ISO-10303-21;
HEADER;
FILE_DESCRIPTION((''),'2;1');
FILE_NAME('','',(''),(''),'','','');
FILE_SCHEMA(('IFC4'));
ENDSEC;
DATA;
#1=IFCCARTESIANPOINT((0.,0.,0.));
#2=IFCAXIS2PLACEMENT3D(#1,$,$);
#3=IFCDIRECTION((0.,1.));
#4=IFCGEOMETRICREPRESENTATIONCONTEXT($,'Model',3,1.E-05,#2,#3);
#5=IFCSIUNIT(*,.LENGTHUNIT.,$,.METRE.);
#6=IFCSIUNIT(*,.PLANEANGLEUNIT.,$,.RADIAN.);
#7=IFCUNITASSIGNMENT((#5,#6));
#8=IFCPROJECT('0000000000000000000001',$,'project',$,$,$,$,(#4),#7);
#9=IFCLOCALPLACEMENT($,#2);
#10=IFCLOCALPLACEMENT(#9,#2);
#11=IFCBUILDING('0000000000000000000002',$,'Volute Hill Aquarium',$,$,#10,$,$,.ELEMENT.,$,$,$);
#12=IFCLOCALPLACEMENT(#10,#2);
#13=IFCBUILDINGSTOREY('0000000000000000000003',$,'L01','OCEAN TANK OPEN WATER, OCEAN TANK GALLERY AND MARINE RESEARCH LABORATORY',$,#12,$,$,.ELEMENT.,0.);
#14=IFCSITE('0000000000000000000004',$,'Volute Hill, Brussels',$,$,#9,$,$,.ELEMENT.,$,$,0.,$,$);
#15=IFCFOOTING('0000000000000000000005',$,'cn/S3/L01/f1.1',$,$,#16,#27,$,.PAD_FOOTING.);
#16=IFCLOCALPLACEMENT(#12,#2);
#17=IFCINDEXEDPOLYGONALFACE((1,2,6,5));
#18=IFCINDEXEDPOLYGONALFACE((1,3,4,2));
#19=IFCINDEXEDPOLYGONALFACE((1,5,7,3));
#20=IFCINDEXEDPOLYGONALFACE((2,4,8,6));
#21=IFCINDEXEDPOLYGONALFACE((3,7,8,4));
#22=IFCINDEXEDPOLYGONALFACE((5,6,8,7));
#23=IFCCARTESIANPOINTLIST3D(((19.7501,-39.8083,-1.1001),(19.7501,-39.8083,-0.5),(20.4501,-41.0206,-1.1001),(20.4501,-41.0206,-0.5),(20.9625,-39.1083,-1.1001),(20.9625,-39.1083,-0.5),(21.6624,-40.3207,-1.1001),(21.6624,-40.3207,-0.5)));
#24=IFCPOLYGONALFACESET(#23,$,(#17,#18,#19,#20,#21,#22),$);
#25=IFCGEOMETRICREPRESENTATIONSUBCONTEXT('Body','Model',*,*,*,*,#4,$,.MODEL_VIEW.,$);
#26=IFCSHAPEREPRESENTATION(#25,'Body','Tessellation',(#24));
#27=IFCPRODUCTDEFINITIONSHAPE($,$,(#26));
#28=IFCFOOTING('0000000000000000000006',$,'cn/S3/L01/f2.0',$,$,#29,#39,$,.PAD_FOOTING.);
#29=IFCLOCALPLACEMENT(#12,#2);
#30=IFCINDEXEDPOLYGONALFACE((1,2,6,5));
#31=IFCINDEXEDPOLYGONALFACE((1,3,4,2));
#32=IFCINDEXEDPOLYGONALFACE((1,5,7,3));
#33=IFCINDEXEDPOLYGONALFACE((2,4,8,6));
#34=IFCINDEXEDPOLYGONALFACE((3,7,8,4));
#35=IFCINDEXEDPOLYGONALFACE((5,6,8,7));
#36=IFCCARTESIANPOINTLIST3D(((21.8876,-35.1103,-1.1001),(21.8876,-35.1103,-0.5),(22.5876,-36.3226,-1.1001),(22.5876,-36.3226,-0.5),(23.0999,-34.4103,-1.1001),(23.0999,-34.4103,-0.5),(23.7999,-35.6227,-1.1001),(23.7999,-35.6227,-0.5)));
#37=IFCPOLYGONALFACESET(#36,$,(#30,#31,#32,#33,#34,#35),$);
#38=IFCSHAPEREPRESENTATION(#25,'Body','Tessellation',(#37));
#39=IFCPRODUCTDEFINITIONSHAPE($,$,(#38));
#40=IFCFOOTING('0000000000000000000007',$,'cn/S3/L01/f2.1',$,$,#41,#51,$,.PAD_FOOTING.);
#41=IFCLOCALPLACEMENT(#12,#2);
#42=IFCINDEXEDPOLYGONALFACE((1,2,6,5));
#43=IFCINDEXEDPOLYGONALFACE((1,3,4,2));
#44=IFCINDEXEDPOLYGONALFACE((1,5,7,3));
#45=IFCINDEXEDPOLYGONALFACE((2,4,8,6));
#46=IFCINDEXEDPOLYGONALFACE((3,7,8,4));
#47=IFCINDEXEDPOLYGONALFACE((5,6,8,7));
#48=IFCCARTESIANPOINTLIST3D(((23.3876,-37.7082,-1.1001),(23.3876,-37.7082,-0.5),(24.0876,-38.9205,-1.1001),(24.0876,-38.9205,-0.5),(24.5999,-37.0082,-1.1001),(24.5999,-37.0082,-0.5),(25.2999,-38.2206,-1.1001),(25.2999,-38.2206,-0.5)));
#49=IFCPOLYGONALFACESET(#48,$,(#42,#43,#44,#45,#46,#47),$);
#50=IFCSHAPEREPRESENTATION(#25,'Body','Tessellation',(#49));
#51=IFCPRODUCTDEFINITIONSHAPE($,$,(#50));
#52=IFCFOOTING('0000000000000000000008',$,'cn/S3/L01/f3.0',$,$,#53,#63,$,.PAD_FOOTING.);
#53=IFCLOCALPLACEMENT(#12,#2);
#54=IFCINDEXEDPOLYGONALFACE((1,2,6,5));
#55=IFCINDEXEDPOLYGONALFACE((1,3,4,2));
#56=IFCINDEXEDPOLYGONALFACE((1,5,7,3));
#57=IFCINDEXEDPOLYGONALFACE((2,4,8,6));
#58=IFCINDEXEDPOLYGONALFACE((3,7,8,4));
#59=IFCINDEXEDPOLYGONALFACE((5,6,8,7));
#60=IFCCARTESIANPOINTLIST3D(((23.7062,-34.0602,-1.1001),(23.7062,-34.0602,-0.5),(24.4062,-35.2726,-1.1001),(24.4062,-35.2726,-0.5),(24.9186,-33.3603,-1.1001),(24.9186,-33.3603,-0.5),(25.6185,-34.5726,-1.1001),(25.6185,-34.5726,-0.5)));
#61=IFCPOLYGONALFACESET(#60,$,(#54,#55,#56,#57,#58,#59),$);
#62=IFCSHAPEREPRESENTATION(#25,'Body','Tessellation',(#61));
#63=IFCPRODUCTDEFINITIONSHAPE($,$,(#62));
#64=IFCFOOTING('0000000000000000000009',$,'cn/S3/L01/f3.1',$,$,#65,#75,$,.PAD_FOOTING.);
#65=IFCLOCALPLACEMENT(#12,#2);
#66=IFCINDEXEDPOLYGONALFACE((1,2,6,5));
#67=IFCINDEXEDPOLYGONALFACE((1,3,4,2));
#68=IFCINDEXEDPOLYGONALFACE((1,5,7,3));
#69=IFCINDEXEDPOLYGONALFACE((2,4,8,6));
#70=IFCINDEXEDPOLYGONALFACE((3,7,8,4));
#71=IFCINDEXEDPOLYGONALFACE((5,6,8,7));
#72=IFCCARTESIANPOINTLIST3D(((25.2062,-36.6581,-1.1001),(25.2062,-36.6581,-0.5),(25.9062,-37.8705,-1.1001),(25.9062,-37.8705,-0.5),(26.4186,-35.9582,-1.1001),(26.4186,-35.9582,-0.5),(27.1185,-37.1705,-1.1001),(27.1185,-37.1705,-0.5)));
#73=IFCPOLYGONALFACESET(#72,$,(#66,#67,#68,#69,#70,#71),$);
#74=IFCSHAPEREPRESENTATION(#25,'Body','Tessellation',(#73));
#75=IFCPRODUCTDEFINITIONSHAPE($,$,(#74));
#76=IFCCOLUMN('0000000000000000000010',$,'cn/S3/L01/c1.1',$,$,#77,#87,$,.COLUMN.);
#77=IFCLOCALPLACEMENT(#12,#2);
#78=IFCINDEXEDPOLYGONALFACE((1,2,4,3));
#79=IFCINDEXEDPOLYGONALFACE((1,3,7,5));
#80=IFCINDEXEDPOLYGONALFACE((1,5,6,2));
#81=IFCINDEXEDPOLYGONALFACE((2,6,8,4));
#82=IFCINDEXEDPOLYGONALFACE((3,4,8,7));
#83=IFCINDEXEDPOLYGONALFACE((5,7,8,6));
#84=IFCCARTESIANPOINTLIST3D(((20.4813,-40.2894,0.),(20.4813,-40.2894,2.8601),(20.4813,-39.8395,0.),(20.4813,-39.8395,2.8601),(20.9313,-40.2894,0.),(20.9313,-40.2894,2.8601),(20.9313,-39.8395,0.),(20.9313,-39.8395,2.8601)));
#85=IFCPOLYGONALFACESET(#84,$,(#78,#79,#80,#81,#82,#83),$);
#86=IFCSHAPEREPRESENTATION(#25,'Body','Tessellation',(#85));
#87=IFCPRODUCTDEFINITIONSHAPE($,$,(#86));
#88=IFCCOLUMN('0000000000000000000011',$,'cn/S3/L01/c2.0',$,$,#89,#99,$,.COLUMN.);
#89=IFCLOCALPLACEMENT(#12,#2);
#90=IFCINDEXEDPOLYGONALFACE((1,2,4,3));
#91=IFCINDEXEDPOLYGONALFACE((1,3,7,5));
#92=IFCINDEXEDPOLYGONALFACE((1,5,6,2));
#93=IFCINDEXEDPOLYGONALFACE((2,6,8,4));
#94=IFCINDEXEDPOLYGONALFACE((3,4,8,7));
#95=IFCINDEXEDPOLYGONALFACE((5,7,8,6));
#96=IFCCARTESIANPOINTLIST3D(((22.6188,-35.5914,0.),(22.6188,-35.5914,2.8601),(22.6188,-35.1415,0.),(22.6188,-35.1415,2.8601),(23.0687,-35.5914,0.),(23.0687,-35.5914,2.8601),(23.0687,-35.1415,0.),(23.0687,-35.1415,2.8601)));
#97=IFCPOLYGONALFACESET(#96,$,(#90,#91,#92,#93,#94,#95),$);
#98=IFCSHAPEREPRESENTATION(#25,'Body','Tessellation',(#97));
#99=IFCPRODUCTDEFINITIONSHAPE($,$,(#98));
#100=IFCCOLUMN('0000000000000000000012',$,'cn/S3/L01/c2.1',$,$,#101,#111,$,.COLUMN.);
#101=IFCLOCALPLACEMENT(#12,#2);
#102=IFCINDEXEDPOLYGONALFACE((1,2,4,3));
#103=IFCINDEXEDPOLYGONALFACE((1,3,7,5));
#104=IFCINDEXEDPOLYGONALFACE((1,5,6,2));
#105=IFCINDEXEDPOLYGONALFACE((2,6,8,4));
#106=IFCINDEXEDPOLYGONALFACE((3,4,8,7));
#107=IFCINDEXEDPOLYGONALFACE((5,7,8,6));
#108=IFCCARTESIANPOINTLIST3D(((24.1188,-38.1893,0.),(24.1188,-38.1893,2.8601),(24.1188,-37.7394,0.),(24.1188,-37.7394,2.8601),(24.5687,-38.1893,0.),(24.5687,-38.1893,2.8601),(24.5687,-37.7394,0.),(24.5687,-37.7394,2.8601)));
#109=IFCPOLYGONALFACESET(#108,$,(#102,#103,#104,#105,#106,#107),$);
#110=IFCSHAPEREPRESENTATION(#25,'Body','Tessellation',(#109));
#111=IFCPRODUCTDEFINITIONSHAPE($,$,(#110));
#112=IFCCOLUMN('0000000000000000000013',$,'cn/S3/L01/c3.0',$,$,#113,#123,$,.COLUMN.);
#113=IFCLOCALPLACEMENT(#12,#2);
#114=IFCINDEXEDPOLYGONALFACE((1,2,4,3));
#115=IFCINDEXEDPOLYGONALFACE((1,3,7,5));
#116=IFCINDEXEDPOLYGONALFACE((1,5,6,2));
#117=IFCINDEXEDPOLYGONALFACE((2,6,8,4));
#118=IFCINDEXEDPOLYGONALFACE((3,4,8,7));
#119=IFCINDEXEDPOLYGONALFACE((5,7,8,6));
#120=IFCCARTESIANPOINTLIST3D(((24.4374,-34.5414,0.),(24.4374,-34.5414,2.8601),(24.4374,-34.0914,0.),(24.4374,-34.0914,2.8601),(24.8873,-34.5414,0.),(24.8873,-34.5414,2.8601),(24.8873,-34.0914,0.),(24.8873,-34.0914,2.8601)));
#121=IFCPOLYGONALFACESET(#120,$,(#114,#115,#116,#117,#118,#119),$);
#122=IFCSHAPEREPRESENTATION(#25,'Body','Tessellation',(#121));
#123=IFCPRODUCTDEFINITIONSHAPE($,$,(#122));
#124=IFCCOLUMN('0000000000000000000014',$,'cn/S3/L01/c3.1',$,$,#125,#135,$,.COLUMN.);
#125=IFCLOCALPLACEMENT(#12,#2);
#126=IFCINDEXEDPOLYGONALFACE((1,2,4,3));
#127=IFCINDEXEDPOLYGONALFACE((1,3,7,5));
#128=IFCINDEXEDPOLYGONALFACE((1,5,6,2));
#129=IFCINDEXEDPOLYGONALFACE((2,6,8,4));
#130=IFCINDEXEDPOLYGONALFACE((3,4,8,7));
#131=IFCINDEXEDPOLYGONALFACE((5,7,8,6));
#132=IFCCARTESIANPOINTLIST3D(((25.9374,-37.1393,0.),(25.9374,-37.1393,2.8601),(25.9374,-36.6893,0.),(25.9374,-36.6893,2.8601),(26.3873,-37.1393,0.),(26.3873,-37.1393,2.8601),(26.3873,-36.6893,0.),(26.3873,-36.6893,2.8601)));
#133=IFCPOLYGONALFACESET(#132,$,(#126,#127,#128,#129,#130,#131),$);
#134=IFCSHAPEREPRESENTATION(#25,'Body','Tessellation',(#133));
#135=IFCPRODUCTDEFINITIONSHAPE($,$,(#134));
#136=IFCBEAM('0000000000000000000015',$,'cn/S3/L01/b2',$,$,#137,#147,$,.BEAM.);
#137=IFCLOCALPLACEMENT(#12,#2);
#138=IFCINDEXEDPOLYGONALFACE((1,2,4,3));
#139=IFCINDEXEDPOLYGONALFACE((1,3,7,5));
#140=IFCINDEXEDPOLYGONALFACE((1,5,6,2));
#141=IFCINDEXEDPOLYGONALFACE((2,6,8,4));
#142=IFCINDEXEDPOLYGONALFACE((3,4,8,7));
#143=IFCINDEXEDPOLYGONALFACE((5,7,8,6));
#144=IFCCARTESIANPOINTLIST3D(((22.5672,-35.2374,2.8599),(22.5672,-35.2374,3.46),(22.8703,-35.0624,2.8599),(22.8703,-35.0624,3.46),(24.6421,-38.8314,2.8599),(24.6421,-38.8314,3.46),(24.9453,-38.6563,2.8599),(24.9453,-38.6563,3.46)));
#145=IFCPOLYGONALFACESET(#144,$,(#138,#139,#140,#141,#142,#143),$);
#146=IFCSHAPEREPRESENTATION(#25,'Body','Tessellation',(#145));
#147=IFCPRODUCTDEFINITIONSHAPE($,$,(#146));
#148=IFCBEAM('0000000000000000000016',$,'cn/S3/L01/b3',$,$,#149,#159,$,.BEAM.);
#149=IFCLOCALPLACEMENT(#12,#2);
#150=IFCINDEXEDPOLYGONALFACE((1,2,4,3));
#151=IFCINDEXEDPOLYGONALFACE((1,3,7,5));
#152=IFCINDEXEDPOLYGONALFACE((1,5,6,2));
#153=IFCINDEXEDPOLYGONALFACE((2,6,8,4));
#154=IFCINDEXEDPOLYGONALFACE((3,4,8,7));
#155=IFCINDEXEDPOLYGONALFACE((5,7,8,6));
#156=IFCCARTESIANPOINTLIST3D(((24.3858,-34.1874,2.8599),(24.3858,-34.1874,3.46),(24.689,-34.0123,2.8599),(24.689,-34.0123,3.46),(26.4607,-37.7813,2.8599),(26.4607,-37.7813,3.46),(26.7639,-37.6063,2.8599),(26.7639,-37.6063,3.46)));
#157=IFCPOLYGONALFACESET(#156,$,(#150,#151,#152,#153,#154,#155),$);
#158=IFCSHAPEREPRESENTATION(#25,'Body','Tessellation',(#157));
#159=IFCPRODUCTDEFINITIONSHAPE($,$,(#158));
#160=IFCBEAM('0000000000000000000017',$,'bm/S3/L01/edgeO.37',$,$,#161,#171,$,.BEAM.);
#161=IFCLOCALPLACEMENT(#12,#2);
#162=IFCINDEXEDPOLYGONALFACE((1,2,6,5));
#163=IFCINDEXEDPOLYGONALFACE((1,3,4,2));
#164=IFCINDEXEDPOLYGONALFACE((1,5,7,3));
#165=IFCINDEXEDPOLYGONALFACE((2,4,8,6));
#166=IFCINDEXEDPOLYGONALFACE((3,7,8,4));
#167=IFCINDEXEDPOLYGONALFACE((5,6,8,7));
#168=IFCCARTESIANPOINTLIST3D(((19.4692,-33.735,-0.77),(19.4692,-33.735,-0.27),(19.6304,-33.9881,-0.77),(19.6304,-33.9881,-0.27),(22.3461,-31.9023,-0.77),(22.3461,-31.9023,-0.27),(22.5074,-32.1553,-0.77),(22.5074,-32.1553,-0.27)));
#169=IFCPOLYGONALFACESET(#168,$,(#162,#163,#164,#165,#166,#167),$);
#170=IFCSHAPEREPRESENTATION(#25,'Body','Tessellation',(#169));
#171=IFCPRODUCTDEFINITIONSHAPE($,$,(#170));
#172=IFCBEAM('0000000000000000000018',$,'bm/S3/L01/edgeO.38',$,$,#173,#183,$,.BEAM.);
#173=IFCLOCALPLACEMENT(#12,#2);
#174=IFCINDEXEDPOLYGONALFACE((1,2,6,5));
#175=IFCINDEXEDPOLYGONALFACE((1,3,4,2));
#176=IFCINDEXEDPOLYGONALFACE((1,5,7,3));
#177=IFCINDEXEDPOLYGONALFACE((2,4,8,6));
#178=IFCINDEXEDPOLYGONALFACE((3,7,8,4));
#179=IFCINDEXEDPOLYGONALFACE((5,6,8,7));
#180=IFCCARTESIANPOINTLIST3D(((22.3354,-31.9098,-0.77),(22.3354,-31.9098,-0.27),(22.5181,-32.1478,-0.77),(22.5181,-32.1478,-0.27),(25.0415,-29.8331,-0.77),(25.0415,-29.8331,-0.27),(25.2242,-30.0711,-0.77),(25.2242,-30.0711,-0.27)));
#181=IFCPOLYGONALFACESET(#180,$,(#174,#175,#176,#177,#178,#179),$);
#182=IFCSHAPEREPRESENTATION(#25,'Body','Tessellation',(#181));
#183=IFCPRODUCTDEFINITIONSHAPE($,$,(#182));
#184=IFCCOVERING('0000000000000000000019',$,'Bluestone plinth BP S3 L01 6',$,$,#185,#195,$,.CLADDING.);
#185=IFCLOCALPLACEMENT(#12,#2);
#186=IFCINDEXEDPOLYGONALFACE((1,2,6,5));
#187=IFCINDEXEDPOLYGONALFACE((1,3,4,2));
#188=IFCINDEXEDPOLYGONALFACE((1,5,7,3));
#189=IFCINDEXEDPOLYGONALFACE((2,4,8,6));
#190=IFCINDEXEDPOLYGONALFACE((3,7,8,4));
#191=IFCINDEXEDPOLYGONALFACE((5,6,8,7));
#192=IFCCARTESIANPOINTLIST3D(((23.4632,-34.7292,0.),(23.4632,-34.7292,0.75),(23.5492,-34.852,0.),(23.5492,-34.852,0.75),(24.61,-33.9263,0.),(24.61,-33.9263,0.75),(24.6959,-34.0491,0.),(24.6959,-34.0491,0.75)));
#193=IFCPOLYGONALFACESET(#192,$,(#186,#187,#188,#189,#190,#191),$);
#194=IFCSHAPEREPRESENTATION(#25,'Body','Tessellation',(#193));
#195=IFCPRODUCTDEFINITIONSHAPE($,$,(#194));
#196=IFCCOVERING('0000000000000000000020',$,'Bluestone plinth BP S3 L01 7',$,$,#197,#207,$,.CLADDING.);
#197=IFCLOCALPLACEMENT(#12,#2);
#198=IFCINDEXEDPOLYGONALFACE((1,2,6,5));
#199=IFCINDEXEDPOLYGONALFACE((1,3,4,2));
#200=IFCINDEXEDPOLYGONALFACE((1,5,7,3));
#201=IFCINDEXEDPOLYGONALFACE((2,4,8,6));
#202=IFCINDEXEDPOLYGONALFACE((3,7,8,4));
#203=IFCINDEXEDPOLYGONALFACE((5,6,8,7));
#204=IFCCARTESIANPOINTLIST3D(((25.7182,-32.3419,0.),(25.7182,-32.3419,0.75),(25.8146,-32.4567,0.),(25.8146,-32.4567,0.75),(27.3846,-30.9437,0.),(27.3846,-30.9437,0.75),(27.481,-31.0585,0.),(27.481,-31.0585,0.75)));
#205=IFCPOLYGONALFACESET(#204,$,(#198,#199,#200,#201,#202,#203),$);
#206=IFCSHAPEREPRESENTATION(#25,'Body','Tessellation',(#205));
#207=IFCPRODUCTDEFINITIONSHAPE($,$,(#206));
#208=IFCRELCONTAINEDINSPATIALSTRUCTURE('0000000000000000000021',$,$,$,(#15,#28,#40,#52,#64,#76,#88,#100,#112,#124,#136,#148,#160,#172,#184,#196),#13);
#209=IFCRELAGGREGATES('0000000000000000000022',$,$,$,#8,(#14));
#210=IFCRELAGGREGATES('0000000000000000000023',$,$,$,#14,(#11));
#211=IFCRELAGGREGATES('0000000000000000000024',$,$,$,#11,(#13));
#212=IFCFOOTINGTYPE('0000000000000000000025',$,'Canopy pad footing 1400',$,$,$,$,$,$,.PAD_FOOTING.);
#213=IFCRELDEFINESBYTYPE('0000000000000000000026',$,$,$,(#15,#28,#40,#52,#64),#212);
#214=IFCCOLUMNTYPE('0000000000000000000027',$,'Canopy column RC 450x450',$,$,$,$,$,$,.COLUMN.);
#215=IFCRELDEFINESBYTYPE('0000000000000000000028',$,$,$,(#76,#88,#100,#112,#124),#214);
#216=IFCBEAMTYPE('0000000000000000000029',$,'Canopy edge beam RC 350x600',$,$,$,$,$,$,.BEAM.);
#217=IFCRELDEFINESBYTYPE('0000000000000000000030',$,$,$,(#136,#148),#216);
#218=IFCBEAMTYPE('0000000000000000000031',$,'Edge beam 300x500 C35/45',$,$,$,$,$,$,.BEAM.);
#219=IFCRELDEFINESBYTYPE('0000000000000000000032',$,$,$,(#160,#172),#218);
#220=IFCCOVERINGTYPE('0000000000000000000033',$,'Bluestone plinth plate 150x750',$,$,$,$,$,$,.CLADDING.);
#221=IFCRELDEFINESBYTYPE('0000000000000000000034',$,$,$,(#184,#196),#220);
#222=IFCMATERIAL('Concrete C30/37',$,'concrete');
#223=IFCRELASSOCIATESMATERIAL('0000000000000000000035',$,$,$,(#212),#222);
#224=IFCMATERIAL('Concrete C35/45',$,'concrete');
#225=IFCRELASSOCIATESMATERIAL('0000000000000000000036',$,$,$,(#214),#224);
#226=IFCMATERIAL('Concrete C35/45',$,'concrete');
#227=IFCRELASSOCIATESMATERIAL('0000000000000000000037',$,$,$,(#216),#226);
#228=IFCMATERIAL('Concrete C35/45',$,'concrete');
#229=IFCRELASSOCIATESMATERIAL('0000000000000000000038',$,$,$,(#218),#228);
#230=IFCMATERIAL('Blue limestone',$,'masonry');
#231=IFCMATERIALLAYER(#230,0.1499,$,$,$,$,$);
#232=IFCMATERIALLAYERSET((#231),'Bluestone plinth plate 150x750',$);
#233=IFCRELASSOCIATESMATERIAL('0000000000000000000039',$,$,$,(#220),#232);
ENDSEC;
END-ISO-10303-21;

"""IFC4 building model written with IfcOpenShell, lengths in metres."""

from ifc_helpers import new_model, si_unit, direction, frame, origin, origin_2d, place, context, subcontext, project, spatial, rectangle, extrude, material, layer, layer_set, material_profile, profile_set, type_object, element, save


model = new_model("IFC4")

# Units and contexts
model_context = context("Model", 3, precision=1e-05, world=origin(), true_north=direction((0.0, 1.0)))
body_context = subcontext(model_context, "Body", "Model", "MODEL_VIEW")
ifc_project = project(units=[si_unit("LENGTHUNIT", "METRE"), si_unit("PLANEANGLEUNIT", "RADIAN")], contexts=[model_context])

# Site, building, storey
site_placement = place(None, origin())
site = spatial("IfcSite", under=ifc_project, at=site_placement, Name="Volute Hill, Brussels", CompositionType="ELEMENT", RefElevation=0.0)
building_placement = place(site_placement, origin())
building = spatial("IfcBuilding", under=site, at=building_placement, Name="Volute Hill Aquarium", CompositionType="ELEMENT")
storey_placement = place(building_placement, origin())
storey = spatial("IfcBuildingStorey", under=building, at=storey_placement, Name="L01", Description="OCEAN TANK OPEN WATER, OCEAN TANK GALLERY AND MARINE RESEARCH LABORATORY", CompositionType="ELEMENT", Elevation=0.0)

# Footings
ifc_material_1 = material(Name="Concrete C30/37", Category="concrete")
footing_type = type_object("IfcFootingType", Name="Canopy pad footing 1400", PredefinedType="PAD_FOOTING", material=ifc_material_1)
for number, where, z_axis, x_axis, name in (
    (1, (20.7063, -40.0645, -1.1001), (0.0, 0.0, 1.0), (0.5, -0.866025, 0.0), "cn/S3/L01/f1.1"),
    (2, (22.8438, -35.3665, -1.1001), (0.0, 0.0, 1.0), (0.5, -0.866025, 0.0), "cn/S3/L01/f2.0"),
    (3, (24.3438, -37.9644, -1.1001), (0.0, 0.0, 1.0), (0.5, -0.866025, 0.0), "cn/S3/L01/f2.1"),
    (4, (24.6624, -34.3164, -1.1001), (0.0, 0.0, 1.0), (0.5, -0.866025, 0.0), "cn/S3/L01/f3.0"),
    (5, (26.1624, -36.9143, -1.1001), (0.0, 0.0, 1.0), (0.5, -0.866025, 0.0), "cn/S3/L01/f3.1"),
):
    element("IfcFooting", number, at=place(storey_placement, frame(where, z_axis=z_axis, x_axis=x_axis)), inside=storey, type_object=footing_type, Name=name, PredefinedType="PAD_FOOTING", context=body_context, shape_type="SweptSolid", body=[
        extrude(rectangle(XDim=1.3999, YDim=1.3999, at=origin_2d()), origin(), (0.0, 0.0, 1.0), 0.6001),
    ])

# Columns
ifc_material_2 = material(Name="Concrete C35/45", Category="concrete")
ifc_material_profile_1 = material_profile(ifc_material_2, rectangle(XDim=0.45, YDim=0.45, at=origin_2d()), Name="RC column 450x450")
ifc_profile_set_1 = profile_set([ifc_material_profile_1], Name="Concrete C35/45")
column_type = type_object("IfcColumnType", Name="Canopy column RC 450x450", PredefinedType="COLUMN", material=ifc_profile_set_1)
for number, where, z_axis, x_axis, name in (
    (6, (20.7063, -40.0645, 0.0), (0.0, 0.0, 1.0), (1.0, 0.0, 0.0), "cn/S3/L01/c1.1"),
    (7, (22.8438, -35.3665, 0.0), (0.0, 0.0, 1.0), (1.0, 0.0, 0.0), "cn/S3/L01/c2.0"),
    (8, (24.3438, -37.9644, 0.0), (0.0, 0.0, 1.0), (1.0, 0.0, 0.0), "cn/S3/L01/c2.1"),
    (9, (24.6624, -34.3164, 0.0), (0.0, 0.0, 1.0), (1.0, 0.0, 0.0), "cn/S3/L01/c3.0"),
    (10, (26.1624, -36.9143, 0.0), (0.0, 0.0, 1.0), (1.0, 0.0, 0.0), "cn/S3/L01/c3.1"),
):
    element("IfcColumn", number, at=place(storey_placement, frame(where, z_axis=z_axis, x_axis=x_axis)), inside=storey, type_object=column_type, Name=name, PredefinedType="COLUMN", context=body_context, shape_type="SweptSolid", body=[
        extrude(rectangle(XDim=0.45, YDim=0.45, at=origin_2d()), origin(), (0.0, 0.0, 1.0), 2.8601),
    ])

# Beams
ifc_material_3 = material(Name="Concrete C35/45", Category="concrete")
ifc_material_profile_2 = material_profile(ifc_material_3, rectangle(XDim=0.3501, YDim=0.6001, at=origin_2d()), Name="RC edge beam 350x600")
ifc_profile_set_2 = profile_set([ifc_material_profile_2], Name="Concrete C35/45")
beam_type_1 = type_object("IfcBeamType", Name="Canopy edge beam RC 350x600", PredefinedType="BEAM", material=ifc_profile_set_2)
for number, where, z_axis, x_axis, name in (
    (11, (22.7188, -35.1499, 3.1599), (0.499992, -0.86603, 0.0), (0.86603, 0.499992, 0.0), "cn/S3/L01/b2"),
    (12, (24.5374, -34.0999, 3.1599), (0.499992, -0.86603, 0.0), (0.86603, 0.499992, 0.0), "cn/S3/L01/b3"),
):
    element("IfcBeam", number, at=place(storey_placement, frame(where, z_axis=z_axis, x_axis=x_axis)), inside=storey, type_object=beam_type_1, Name=name, PredefinedType="BEAM", context=body_context, shape_type="SweptSolid", body=[
        extrude(rectangle(XDim=0.3501, YDim=0.6001, at=origin_2d()), origin(), (0.0, 0.0, 1.0), 4.1499),
    ])
ifc_material_4 = material(Name="Concrete C35/45", Category="concrete")
ifc_material_profile_3 = material_profile(ifc_material_4, rectangle(XDim=0.3, YDim=0.5, at=origin_2d()), Name="RC edge beam 300x500")
ifc_profile_set_3 = profile_set([ifc_material_profile_3], Name="Concrete C35/45")
beam_type_2 = type_object("IfcBeamType", Name="Edge beam 300x500 C35/45", PredefinedType="BEAM", material=ifc_profile_set_3)
for number, where, z_axis, x_axis, name in (
    (13, (19.5498, -33.8616, -0.52), (0.843399, 0.537288, 0.0), (-0.537288, 0.843399, 0.0), "bm/S3/L01/edgeO.37"),
    (14, (22.4268, -32.0288, -0.52), (0.793321, 0.608804, 0.0), (-0.608804, 0.793321, 0.0), "bm/S3/L01/edgeO.38"),
):
    element("IfcBeam", number, at=place(storey_placement, frame(where, z_axis=z_axis, x_axis=x_axis)), inside=storey, type_object=beam_type_2, Name=name, PredefinedType="BEAM", context=body_context, shape_type="SweptSolid", body=[
        extrude(rectangle(XDim=0.3, YDim=0.5, at=origin_2d()), origin(), (0.0, 0.0, 1.0), 3.4111),
    ])

# Coverings
ifc_material_5 = material(Name="Blue limestone", Category="masonry")
ifc_layer_1 = layer(ifc_material_5, 0.1499)
ifc_layer_set_1 = layer_set([ifc_layer_1], Name="Bluestone plinth plate 150x750")
covering_type_1 = type_object("IfcCoveringType", Name="Bluestone plinth plate 150x750", PredefinedType="CLADDING", material=ifc_layer_set_1)
covering_1_placement = place(storey_placement, frame((24.0796, -34.3892, 0.0), z_axis=(0.0, 0.0, 1.0), x_axis=(0.819152, 0.573576, 0.0)))
element("IfcCovering", 15, at=covering_1_placement, inside=storey, type_object=covering_type_1, Name="Bluestone plinth BP S3 L01 6", PredefinedType="CLADDING", context=body_context, shape_type="SweptSolid", body=[
    extrude(rectangle(XDim=1.3999, YDim=0.1499, at=origin_2d()), origin(), (0.0, 0.0, 1.0), 0.75),
])
covering_2_placement = place(storey_placement, frame((26.5996, -31.7002, 0.0), z_axis=(0.0, 0.0, 1.0), x_axis=(0.766044, 0.642788, 0.0)))
element("IfcCovering", 16, at=covering_2_placement, inside=storey, type_object=covering_type_1, Name="Bluestone plinth BP S3 L01 7", PredefinedType="CLADDING", context=body_context, shape_type="SweptSolid", body=[
    extrude(rectangle(XDim=2.1753, YDim=0.1499, at=origin_2d()), origin(), (0.0, 0.0, 1.0), 0.75),
])

save(model, "model.ifc")
